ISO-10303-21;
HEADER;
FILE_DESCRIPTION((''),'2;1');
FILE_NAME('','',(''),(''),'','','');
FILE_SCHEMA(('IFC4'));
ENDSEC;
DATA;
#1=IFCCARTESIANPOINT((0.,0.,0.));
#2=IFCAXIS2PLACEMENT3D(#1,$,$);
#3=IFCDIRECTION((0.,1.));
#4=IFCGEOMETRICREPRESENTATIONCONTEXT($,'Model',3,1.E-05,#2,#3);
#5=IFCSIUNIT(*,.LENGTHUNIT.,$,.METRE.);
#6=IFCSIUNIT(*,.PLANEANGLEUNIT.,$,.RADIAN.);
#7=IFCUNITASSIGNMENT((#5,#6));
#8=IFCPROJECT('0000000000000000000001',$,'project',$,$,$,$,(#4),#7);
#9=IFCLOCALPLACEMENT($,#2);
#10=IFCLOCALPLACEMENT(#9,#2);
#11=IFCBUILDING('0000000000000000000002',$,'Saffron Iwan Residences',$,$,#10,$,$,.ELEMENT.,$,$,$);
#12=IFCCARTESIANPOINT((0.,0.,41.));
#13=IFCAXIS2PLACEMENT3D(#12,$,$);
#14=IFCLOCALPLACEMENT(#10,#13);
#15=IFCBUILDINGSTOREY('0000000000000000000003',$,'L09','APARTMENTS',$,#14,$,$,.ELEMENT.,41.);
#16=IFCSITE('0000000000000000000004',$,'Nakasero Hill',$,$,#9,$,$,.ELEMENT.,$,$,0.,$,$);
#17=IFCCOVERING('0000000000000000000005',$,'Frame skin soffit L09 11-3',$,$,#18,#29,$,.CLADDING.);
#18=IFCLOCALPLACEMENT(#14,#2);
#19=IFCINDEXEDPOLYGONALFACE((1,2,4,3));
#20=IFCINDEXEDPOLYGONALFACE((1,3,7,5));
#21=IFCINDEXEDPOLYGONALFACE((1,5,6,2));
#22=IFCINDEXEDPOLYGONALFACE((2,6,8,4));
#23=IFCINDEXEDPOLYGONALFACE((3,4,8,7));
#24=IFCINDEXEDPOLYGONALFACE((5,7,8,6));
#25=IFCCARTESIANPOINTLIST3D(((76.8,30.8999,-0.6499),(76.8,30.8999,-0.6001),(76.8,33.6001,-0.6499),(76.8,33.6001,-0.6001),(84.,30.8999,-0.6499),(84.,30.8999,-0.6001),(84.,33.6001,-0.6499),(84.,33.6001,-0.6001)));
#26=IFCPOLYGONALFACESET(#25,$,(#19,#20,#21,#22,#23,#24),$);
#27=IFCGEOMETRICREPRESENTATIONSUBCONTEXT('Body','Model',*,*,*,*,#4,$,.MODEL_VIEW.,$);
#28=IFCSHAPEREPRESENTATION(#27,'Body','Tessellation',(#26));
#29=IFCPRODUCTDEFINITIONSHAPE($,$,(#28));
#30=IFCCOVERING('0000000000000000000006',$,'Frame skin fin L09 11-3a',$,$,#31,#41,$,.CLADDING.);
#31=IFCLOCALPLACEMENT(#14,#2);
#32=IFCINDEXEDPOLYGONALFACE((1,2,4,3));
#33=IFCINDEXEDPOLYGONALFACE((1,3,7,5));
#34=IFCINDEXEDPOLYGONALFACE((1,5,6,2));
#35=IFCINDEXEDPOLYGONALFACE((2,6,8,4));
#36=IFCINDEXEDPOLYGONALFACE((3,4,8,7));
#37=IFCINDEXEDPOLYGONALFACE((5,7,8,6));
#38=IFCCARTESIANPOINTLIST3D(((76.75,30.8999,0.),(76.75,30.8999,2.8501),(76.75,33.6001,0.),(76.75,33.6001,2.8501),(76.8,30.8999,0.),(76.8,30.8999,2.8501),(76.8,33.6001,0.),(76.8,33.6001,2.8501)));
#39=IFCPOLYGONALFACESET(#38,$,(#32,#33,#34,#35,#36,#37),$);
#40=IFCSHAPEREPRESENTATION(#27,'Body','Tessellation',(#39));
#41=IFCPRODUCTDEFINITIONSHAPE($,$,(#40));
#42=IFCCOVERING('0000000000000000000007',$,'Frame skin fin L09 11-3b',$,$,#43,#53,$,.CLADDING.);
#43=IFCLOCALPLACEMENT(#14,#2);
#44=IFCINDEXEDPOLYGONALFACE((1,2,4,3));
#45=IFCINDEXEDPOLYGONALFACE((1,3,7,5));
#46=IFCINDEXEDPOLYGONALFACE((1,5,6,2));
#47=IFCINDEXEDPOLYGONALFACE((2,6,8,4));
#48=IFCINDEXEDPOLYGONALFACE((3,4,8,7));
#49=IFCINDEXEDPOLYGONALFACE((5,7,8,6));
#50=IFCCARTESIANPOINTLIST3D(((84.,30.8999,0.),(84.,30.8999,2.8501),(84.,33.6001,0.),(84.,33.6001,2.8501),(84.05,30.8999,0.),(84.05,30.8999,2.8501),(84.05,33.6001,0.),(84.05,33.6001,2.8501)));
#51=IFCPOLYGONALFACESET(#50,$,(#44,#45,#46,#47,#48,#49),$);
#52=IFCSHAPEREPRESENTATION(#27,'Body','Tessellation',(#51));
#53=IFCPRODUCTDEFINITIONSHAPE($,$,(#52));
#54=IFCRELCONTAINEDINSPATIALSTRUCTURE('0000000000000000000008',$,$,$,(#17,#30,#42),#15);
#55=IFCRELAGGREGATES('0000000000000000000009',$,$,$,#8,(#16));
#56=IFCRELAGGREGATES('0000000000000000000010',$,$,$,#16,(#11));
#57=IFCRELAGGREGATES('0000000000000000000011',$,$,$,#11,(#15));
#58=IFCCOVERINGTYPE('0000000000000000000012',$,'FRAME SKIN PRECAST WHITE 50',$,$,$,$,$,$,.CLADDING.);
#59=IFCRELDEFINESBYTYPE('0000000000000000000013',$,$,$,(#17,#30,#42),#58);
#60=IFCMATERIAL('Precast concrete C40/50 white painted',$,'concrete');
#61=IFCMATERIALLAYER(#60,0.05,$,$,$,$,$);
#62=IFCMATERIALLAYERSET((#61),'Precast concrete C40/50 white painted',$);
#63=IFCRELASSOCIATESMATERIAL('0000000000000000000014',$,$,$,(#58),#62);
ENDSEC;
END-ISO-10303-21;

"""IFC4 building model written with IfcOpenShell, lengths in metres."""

from ifc_helpers import new_model, si_unit, direction, frame, origin, place, context, subcontext, project, spatial, polyline, outline, extrude, material, layer, layer_set, type_object, element, save


model = new_model("IFC4")

# Units and contexts
model_context = context("Model", 3, precision=1e-05, world=origin(), true_north=direction((0.0, 1.0)))
body_context = subcontext(model_context, "Body", "Model", "MODEL_VIEW")
ifc_project = project(units=[si_unit("LENGTHUNIT", "METRE"), si_unit("PLANEANGLEUNIT", "RADIAN")], contexts=[model_context])

# Site, building, storey
site_placement = place(None, origin())
site = spatial("IfcSite", under=ifc_project, at=site_placement, Name="Nakasero Hill", CompositionType="ELEMENT", RefElevation=0.0)
building_placement = place(site_placement, origin())
building = spatial("IfcBuilding", under=site, at=building_placement, Name="Saffron Iwan Residences", CompositionType="ELEMENT")
storey_placement = place(building_placement, frame((0.0, 0.0, 41.0)))
storey = spatial("IfcBuildingStorey", under=building, at=storey_placement, Name="L09", Description="APARTMENTS", CompositionType="ELEMENT", Elevation=41.0)

# Coverings
ifc_material_1 = material(Name="Precast concrete C40/50 white painted", Category="concrete")
ifc_layer_1 = layer(ifc_material_1, 0.05)
ifc_layer_set_1 = layer_set([ifc_layer_1], Name="Precast concrete C40/50 white painted")
covering_type = type_object("IfcCoveringType", Name="FRAME SKIN PRECAST WHITE 50", PredefinedType="CLADDING", material=ifc_layer_set_1)
covering_1_placement = place(storey_placement, frame((0.0, 0.0, -0.6499)))
element("IfcCovering", 1, at=covering_1_placement, inside=storey, type_object=covering_type, Name="Frame skin soffit L09 11-3", PredefinedType="CLADDING", context=body_context, shape_type="SweptSolid", body=[
    extrude(outline(polyline([(76.8, 30.8999), (84.0, 30.8999), (84.0, 33.6001), (76.8, 33.6001), (76.8, 30.8999)])), origin(), (0.0, 0.0, 1.0), 0.0498),
])
covering_2_placement = place(storey_placement, origin())
element("IfcCovering", 2, at=covering_2_placement, inside=storey, type_object=covering_type, Name="Frame skin fin L09 11-3a", PredefinedType="CLADDING", context=body_context, shape_type="SweptSolid", body=[
    extrude(outline(polyline([(76.75, 30.8999), (76.8, 30.8999), (76.8, 33.6001), (76.75, 33.6001), (76.75, 30.8999)])), origin(), (0.0, 0.0, 1.0), 2.8501),
])
covering_3_placement = place(storey_placement, origin())
element("IfcCovering", 3, at=covering_3_placement, inside=storey, type_object=covering_type, Name="Frame skin fin L09 11-3b", PredefinedType="CLADDING", context=body_context, shape_type="SweptSolid", body=[
    extrude(outline(polyline([(84.0, 30.8999), (84.05, 30.8999), (84.05, 33.6001), (84.0, 33.6001), (84.0, 30.8999)])), origin(), (0.0, 0.0, 1.0), 2.8501),
])

save(model, "model.ifc")
